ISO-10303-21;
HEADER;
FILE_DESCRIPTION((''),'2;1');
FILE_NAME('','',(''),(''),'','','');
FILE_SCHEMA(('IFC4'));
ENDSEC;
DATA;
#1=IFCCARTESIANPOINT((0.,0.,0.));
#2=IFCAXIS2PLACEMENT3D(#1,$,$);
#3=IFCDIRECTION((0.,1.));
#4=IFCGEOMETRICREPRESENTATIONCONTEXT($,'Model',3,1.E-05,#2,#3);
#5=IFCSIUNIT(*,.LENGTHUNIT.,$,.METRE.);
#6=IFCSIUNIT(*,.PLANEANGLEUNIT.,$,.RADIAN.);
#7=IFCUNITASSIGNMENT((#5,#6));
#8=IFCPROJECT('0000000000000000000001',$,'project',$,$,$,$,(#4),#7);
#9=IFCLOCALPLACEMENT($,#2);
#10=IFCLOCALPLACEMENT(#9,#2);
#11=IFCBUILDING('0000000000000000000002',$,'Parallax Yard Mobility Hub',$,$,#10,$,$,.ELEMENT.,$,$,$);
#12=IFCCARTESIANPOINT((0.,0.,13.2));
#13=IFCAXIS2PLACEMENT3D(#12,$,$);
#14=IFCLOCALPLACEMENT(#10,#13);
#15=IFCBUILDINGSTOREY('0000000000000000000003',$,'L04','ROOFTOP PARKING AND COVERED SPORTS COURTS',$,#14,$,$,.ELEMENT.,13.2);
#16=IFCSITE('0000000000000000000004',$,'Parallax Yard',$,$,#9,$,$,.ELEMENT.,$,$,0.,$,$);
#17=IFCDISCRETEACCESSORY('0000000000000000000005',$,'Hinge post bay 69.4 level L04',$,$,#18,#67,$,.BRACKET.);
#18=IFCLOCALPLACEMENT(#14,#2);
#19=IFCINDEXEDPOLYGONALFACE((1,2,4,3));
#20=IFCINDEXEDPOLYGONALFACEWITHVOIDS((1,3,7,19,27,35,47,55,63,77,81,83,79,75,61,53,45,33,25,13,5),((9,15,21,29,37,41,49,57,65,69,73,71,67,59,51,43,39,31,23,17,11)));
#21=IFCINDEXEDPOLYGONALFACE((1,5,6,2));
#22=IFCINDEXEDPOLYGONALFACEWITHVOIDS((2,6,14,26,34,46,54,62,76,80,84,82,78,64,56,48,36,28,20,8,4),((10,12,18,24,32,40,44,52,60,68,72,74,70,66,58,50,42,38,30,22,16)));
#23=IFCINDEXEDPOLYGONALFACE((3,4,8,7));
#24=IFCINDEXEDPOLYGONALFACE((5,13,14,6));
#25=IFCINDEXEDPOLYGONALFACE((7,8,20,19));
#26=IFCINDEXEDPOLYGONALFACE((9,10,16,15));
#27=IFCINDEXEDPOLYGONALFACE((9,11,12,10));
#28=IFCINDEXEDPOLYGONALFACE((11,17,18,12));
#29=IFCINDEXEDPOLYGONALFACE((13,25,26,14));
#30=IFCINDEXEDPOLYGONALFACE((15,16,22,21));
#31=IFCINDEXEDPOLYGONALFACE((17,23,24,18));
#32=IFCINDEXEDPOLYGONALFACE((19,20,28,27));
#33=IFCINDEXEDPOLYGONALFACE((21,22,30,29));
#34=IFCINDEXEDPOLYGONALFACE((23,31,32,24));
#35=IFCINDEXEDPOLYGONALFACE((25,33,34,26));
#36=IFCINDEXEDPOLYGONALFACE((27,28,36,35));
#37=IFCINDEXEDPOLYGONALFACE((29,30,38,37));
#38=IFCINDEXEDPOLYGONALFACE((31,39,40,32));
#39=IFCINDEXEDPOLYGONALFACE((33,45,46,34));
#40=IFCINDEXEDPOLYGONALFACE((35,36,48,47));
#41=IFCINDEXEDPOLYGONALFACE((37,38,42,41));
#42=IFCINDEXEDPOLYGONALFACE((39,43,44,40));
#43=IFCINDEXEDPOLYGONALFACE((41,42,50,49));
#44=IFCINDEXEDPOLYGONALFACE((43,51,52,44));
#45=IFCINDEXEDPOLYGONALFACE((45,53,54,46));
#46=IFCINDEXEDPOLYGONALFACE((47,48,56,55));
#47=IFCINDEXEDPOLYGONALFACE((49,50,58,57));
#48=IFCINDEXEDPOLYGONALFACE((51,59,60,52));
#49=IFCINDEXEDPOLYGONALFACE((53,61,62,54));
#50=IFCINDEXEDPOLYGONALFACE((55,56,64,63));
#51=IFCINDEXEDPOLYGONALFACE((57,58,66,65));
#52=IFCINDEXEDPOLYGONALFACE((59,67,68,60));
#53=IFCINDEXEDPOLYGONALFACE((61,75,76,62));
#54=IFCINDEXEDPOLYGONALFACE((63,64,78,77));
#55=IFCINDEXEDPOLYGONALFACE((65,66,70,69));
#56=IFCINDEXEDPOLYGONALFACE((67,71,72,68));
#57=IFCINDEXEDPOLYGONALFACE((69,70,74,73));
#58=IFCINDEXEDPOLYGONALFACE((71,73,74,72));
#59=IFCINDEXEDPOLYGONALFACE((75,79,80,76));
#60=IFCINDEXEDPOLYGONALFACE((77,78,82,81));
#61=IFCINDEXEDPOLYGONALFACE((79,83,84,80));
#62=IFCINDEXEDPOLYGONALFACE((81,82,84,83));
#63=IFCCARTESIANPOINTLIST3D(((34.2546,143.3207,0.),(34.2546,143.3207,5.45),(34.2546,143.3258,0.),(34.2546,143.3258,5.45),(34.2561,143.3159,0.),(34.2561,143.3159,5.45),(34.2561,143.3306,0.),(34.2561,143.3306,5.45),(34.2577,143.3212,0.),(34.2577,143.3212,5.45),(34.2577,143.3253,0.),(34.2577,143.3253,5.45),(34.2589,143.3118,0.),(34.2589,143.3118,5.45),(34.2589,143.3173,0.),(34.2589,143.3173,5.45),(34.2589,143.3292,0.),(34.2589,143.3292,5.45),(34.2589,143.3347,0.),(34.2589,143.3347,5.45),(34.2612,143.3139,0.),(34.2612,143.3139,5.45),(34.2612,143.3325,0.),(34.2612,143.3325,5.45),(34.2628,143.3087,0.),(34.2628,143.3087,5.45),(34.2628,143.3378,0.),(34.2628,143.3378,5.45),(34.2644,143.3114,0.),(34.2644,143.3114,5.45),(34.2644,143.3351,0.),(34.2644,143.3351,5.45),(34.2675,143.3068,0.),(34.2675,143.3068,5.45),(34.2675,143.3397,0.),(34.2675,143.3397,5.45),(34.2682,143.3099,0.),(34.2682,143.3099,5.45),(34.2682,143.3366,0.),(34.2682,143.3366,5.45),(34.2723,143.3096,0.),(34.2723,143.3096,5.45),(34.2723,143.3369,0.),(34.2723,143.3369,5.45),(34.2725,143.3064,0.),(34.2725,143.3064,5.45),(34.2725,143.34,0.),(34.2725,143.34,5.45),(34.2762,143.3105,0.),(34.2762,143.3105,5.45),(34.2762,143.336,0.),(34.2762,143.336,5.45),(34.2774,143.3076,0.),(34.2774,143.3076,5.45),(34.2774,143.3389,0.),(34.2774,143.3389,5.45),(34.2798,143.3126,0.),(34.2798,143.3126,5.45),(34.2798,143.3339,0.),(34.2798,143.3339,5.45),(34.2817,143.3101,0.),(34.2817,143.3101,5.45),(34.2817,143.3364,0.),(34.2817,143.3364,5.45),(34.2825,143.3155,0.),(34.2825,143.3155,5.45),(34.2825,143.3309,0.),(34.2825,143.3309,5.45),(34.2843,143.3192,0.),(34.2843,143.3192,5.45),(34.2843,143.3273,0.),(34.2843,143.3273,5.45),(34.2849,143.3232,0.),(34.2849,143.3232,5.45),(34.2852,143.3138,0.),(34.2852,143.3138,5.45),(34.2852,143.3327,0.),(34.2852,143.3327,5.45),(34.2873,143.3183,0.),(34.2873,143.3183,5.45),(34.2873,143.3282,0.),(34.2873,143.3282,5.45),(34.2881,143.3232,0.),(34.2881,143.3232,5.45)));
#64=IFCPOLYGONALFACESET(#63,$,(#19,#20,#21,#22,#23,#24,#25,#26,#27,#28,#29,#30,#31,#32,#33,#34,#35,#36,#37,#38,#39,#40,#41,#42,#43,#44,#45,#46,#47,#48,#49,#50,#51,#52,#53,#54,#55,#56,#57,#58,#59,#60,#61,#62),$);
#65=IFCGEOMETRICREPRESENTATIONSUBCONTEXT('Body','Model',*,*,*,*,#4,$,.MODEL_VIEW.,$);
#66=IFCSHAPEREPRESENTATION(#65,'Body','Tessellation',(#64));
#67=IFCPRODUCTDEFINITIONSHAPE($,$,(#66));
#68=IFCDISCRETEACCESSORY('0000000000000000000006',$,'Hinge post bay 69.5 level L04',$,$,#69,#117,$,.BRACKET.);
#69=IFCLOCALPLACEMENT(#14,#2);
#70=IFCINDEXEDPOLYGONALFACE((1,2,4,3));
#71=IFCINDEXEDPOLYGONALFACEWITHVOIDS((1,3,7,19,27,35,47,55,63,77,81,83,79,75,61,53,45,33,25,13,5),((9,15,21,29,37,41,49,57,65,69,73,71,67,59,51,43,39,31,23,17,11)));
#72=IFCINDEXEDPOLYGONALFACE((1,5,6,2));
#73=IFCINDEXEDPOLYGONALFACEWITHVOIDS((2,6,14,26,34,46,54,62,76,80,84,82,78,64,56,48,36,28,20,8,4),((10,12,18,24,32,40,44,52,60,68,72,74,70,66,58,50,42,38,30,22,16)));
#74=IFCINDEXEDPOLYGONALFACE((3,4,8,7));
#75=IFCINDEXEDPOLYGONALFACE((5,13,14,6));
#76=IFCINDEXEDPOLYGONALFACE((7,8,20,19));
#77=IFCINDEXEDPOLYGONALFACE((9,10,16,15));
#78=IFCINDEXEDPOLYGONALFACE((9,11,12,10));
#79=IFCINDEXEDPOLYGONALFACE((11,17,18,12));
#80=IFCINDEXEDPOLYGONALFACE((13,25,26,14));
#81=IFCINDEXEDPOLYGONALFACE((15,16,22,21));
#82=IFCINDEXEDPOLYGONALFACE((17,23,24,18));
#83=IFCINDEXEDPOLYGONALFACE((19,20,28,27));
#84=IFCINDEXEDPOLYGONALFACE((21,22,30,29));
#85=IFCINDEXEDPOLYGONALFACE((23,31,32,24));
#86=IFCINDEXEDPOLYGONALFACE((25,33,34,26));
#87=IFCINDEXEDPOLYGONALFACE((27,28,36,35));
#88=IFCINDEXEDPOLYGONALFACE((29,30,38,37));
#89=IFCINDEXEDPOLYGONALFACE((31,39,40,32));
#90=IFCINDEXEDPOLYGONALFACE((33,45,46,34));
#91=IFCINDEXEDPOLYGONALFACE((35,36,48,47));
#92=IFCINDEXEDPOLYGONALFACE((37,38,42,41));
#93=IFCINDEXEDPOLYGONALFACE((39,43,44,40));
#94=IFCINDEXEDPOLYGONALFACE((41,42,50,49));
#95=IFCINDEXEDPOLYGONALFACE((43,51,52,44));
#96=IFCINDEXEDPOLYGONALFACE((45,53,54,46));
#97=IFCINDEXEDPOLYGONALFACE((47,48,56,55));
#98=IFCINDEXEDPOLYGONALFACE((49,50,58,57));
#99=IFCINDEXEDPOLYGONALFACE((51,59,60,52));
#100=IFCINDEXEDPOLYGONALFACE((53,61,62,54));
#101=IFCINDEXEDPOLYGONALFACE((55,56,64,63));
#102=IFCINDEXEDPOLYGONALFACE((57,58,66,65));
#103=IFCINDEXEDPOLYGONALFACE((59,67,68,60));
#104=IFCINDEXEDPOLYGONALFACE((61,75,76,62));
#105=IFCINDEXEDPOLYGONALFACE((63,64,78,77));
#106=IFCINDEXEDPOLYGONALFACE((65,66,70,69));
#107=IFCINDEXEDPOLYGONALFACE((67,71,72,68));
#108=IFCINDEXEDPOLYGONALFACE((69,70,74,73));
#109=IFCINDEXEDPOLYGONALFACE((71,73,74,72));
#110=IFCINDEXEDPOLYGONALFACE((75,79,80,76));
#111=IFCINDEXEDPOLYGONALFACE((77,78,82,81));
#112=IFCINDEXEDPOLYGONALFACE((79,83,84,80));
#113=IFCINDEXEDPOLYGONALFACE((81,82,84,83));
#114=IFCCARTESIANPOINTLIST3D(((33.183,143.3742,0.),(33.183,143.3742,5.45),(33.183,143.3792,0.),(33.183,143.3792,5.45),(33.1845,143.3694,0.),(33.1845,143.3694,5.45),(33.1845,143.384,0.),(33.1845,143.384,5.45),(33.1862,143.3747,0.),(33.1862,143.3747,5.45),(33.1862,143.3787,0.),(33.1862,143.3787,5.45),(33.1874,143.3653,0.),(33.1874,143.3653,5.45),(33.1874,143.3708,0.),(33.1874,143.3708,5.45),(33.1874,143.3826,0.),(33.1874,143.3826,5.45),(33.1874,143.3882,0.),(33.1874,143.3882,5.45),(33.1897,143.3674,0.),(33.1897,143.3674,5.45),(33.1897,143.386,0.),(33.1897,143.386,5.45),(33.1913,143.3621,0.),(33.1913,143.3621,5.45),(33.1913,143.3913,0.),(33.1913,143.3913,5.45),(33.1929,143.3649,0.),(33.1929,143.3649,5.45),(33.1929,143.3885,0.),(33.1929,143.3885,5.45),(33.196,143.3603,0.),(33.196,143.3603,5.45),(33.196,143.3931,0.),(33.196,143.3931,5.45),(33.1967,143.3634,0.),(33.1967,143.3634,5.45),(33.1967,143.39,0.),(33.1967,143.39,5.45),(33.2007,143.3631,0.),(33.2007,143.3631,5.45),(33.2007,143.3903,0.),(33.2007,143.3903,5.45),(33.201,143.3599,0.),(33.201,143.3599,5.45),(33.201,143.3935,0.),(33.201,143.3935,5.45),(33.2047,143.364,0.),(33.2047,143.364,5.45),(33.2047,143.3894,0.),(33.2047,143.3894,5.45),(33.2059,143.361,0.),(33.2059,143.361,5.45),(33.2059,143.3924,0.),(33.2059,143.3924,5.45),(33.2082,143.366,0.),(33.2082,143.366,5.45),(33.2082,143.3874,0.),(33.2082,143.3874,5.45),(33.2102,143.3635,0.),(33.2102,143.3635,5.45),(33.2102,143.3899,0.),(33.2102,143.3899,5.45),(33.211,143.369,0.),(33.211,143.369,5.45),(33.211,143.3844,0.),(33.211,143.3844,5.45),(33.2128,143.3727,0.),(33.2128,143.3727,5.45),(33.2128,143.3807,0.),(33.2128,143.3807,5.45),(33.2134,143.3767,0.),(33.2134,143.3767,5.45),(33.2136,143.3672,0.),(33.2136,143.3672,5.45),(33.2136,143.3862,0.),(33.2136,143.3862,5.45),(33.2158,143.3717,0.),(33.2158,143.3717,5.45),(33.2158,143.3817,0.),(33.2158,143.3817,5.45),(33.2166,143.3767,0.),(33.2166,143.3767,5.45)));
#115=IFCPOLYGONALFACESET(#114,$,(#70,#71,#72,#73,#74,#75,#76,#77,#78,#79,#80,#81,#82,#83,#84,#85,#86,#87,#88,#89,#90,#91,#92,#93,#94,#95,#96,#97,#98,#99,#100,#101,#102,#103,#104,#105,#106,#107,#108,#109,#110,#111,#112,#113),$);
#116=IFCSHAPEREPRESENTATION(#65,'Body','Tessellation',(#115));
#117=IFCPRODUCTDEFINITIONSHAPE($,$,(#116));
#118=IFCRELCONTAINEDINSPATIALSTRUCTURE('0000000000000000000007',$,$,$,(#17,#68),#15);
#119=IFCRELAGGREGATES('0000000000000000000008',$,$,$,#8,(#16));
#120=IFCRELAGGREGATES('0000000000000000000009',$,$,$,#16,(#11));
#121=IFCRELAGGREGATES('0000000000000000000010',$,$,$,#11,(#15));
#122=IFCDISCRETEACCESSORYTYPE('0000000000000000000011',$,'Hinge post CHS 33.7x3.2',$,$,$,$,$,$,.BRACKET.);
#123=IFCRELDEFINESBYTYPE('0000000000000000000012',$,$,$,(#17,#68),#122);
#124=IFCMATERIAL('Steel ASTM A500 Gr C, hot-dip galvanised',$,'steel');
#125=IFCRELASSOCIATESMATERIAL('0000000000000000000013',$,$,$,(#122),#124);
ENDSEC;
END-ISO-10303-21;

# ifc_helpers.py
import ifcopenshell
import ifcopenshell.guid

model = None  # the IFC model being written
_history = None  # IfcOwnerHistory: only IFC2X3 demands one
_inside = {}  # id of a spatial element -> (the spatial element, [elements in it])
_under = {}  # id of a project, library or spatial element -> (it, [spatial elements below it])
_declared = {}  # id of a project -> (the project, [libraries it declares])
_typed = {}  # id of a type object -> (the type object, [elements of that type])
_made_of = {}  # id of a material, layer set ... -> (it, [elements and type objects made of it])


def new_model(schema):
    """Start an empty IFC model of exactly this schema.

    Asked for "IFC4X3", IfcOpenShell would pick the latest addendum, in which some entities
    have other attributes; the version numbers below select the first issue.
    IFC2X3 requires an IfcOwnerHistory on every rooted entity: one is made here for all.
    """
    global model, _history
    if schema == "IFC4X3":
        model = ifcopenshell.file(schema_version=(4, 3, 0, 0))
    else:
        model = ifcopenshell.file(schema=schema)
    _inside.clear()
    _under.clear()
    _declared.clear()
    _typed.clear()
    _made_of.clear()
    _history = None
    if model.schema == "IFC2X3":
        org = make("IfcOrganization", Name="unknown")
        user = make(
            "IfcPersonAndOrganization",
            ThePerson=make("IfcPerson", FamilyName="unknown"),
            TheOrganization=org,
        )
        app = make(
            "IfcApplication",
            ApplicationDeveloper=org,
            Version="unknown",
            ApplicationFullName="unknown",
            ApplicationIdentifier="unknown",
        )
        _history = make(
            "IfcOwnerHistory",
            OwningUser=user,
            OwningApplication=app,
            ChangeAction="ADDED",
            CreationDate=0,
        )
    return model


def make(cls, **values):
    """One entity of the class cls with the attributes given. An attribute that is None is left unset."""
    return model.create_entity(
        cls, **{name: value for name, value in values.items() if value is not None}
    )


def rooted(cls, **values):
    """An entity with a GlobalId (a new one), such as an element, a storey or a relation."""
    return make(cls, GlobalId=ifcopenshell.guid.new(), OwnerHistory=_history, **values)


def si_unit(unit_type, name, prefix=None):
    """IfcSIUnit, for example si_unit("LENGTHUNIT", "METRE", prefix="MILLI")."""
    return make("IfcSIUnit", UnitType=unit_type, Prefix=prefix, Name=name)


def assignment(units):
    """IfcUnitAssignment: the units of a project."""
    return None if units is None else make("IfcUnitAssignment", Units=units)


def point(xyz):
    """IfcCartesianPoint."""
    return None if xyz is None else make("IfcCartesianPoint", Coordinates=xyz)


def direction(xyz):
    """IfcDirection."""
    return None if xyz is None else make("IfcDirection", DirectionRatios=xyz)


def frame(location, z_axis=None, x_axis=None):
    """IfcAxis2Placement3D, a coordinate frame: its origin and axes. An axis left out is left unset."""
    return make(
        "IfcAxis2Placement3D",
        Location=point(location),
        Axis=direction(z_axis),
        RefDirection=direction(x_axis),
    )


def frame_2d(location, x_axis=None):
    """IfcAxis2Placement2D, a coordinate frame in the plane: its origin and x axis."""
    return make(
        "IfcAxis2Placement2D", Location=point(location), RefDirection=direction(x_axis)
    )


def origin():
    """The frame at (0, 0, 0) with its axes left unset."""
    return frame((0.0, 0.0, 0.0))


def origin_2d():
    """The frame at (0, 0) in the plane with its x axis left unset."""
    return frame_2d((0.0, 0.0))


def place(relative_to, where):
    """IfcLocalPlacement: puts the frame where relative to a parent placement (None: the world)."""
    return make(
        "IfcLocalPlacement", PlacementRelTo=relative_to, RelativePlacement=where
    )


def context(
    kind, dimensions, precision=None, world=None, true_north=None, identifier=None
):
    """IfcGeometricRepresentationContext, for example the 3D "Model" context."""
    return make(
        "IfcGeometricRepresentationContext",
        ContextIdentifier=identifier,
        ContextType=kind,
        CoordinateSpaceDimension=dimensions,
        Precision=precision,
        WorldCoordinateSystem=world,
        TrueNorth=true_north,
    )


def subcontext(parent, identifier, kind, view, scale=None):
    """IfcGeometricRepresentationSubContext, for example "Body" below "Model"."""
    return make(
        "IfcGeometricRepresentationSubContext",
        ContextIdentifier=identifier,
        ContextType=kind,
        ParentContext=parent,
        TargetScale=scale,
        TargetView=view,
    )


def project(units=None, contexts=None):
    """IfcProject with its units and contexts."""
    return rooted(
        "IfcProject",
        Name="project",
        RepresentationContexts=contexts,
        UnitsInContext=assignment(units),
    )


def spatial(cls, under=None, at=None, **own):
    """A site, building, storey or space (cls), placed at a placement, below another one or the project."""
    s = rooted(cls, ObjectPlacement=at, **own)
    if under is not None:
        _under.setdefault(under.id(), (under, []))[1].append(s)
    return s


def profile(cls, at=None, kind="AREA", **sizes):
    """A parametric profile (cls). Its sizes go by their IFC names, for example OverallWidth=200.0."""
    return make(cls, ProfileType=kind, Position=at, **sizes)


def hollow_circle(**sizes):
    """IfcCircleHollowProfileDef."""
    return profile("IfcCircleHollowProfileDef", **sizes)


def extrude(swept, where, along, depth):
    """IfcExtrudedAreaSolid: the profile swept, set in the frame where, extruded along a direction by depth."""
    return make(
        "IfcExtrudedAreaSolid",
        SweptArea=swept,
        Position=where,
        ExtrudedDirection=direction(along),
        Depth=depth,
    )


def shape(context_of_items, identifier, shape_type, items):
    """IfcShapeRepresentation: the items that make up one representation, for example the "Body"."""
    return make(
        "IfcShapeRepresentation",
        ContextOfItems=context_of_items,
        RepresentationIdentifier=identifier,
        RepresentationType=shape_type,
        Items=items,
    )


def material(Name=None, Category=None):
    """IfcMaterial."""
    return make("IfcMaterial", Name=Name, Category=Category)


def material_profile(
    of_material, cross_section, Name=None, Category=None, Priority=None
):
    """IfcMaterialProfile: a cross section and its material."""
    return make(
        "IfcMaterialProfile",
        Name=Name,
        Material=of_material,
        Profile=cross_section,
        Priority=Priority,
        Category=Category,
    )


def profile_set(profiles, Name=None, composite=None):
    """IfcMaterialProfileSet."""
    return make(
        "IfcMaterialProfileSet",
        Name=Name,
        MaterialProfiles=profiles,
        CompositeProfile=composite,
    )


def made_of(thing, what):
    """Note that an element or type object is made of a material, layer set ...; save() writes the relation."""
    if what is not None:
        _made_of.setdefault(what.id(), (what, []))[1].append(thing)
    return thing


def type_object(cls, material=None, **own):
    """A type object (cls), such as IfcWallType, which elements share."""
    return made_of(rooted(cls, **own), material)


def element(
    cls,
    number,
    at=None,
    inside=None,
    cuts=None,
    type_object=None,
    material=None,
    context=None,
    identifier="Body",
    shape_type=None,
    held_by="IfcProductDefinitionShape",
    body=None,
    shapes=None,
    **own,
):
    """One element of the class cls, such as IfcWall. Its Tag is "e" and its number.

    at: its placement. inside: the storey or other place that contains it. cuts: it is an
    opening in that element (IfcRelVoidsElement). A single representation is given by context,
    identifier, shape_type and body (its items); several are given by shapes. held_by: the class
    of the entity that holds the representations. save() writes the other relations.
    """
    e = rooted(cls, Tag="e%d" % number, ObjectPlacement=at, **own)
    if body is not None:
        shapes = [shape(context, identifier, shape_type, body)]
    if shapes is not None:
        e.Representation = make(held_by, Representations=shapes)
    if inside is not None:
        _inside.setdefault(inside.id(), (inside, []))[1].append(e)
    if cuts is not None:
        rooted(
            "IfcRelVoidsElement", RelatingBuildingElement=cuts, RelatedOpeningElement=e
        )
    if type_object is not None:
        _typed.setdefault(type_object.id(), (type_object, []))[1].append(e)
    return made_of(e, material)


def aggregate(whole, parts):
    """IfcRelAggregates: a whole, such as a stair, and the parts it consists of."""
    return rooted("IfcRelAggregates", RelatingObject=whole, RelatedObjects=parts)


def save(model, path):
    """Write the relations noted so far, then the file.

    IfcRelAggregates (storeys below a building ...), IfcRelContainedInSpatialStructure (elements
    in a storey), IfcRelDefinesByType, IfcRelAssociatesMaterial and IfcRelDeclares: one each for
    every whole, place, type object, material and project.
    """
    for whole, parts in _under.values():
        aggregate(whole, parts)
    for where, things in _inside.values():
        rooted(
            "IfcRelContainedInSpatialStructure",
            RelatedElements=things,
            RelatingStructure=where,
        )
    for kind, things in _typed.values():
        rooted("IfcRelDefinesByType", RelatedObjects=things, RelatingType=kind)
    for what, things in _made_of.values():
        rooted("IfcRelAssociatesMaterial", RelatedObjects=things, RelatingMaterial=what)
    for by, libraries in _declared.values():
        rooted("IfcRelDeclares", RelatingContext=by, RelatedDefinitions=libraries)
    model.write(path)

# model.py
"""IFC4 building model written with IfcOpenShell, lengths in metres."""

from ifc_helpers import new_model, si_unit, direction, frame, origin, origin_2d, place, context, subcontext, project, spatial, hollow_circle, extrude, material, material_profile, profile_set, type_object, element, save


model = new_model("IFC4")

# Units and contexts
model_context = context("Model", 3, precision=1e-05, world=origin(), true_north=direction((0.0, 1.0)))
body_context = subcontext(model_context, "Body", "Model", "MODEL_VIEW")
ifc_project = project(units=[si_unit("LENGTHUNIT", "METRE"), si_unit("PLANEANGLEUNIT", "RADIAN")], contexts=[model_context])

# Site, building, storey
site_placement = place(None, origin())
site = spatial("IfcSite", under=ifc_project, at=site_placement, Name="Parallax Yard", CompositionType="ELEMENT", RefElevation=0.0)
building_placement = place(site_placement, origin())
building = spatial("IfcBuilding", under=site, at=building_placement, Name="Parallax Yard Mobility Hub", CompositionType="ELEMENT")
storey_placement = place(building_placement, frame((0.0, 0.0, 13.2)))
storey = spatial("IfcBuildingStorey", under=building, at=storey_placement, Name="L04", Description="ROOFTOP PARKING AND COVERED SPORTS COURTS", CompositionType="ELEMENT", Elevation=13.2)

# Discrete accessories
ifc_material_1 = material(Name="Steel ASTM A500 Gr C, hot-dip galvanised", Category="steel")
ifc_material_profile = material_profile(ifc_material_1, hollow_circle(Radius=0.0168, WallThickness=0.0032, at=origin_2d()), Name="CHS 33.7x3.2")
ifc_profile_set = profile_set([ifc_material_profile], Name="Steel ASTM A500 Gr C, hot-dip galvanised")
discrete_accessory_type = type_object("IfcDiscreteAccessoryType", Name="Hinge post CHS 33.7x3.2", PredefinedType="BRACKET", material=ifc_profile_set)
for number, where, z_axis, x_axis, name in (
    (1, (34.2712, 143.3232, 0.0), (0.0, 0.0, 1.0), (1.0, 0.0, 0.0), "Hinge post bay 69.4 level L04"),
    (2, (33.1997, 143.3767, 0.0), (0.0, 0.0, 1.0), (1.0, 0.0, 0.0), "Hinge post bay 69.5 level L04"),
):
    element("IfcDiscreteAccessory", number, at=place(storey_placement, frame(where, z_axis=z_axis, x_axis=x_axis)), inside=storey, type_object=discrete_accessory_type, Name=name, PredefinedType="BRACKET", context=body_context, shape_type="SweptSolid", body=[
        extrude(hollow_circle(Radius=0.0168, WallThickness=0.0032, at=origin_2d()), origin(), (0.0, 0.0, 1.0), 5.45),
    ])

save(model, "model.ifc")
